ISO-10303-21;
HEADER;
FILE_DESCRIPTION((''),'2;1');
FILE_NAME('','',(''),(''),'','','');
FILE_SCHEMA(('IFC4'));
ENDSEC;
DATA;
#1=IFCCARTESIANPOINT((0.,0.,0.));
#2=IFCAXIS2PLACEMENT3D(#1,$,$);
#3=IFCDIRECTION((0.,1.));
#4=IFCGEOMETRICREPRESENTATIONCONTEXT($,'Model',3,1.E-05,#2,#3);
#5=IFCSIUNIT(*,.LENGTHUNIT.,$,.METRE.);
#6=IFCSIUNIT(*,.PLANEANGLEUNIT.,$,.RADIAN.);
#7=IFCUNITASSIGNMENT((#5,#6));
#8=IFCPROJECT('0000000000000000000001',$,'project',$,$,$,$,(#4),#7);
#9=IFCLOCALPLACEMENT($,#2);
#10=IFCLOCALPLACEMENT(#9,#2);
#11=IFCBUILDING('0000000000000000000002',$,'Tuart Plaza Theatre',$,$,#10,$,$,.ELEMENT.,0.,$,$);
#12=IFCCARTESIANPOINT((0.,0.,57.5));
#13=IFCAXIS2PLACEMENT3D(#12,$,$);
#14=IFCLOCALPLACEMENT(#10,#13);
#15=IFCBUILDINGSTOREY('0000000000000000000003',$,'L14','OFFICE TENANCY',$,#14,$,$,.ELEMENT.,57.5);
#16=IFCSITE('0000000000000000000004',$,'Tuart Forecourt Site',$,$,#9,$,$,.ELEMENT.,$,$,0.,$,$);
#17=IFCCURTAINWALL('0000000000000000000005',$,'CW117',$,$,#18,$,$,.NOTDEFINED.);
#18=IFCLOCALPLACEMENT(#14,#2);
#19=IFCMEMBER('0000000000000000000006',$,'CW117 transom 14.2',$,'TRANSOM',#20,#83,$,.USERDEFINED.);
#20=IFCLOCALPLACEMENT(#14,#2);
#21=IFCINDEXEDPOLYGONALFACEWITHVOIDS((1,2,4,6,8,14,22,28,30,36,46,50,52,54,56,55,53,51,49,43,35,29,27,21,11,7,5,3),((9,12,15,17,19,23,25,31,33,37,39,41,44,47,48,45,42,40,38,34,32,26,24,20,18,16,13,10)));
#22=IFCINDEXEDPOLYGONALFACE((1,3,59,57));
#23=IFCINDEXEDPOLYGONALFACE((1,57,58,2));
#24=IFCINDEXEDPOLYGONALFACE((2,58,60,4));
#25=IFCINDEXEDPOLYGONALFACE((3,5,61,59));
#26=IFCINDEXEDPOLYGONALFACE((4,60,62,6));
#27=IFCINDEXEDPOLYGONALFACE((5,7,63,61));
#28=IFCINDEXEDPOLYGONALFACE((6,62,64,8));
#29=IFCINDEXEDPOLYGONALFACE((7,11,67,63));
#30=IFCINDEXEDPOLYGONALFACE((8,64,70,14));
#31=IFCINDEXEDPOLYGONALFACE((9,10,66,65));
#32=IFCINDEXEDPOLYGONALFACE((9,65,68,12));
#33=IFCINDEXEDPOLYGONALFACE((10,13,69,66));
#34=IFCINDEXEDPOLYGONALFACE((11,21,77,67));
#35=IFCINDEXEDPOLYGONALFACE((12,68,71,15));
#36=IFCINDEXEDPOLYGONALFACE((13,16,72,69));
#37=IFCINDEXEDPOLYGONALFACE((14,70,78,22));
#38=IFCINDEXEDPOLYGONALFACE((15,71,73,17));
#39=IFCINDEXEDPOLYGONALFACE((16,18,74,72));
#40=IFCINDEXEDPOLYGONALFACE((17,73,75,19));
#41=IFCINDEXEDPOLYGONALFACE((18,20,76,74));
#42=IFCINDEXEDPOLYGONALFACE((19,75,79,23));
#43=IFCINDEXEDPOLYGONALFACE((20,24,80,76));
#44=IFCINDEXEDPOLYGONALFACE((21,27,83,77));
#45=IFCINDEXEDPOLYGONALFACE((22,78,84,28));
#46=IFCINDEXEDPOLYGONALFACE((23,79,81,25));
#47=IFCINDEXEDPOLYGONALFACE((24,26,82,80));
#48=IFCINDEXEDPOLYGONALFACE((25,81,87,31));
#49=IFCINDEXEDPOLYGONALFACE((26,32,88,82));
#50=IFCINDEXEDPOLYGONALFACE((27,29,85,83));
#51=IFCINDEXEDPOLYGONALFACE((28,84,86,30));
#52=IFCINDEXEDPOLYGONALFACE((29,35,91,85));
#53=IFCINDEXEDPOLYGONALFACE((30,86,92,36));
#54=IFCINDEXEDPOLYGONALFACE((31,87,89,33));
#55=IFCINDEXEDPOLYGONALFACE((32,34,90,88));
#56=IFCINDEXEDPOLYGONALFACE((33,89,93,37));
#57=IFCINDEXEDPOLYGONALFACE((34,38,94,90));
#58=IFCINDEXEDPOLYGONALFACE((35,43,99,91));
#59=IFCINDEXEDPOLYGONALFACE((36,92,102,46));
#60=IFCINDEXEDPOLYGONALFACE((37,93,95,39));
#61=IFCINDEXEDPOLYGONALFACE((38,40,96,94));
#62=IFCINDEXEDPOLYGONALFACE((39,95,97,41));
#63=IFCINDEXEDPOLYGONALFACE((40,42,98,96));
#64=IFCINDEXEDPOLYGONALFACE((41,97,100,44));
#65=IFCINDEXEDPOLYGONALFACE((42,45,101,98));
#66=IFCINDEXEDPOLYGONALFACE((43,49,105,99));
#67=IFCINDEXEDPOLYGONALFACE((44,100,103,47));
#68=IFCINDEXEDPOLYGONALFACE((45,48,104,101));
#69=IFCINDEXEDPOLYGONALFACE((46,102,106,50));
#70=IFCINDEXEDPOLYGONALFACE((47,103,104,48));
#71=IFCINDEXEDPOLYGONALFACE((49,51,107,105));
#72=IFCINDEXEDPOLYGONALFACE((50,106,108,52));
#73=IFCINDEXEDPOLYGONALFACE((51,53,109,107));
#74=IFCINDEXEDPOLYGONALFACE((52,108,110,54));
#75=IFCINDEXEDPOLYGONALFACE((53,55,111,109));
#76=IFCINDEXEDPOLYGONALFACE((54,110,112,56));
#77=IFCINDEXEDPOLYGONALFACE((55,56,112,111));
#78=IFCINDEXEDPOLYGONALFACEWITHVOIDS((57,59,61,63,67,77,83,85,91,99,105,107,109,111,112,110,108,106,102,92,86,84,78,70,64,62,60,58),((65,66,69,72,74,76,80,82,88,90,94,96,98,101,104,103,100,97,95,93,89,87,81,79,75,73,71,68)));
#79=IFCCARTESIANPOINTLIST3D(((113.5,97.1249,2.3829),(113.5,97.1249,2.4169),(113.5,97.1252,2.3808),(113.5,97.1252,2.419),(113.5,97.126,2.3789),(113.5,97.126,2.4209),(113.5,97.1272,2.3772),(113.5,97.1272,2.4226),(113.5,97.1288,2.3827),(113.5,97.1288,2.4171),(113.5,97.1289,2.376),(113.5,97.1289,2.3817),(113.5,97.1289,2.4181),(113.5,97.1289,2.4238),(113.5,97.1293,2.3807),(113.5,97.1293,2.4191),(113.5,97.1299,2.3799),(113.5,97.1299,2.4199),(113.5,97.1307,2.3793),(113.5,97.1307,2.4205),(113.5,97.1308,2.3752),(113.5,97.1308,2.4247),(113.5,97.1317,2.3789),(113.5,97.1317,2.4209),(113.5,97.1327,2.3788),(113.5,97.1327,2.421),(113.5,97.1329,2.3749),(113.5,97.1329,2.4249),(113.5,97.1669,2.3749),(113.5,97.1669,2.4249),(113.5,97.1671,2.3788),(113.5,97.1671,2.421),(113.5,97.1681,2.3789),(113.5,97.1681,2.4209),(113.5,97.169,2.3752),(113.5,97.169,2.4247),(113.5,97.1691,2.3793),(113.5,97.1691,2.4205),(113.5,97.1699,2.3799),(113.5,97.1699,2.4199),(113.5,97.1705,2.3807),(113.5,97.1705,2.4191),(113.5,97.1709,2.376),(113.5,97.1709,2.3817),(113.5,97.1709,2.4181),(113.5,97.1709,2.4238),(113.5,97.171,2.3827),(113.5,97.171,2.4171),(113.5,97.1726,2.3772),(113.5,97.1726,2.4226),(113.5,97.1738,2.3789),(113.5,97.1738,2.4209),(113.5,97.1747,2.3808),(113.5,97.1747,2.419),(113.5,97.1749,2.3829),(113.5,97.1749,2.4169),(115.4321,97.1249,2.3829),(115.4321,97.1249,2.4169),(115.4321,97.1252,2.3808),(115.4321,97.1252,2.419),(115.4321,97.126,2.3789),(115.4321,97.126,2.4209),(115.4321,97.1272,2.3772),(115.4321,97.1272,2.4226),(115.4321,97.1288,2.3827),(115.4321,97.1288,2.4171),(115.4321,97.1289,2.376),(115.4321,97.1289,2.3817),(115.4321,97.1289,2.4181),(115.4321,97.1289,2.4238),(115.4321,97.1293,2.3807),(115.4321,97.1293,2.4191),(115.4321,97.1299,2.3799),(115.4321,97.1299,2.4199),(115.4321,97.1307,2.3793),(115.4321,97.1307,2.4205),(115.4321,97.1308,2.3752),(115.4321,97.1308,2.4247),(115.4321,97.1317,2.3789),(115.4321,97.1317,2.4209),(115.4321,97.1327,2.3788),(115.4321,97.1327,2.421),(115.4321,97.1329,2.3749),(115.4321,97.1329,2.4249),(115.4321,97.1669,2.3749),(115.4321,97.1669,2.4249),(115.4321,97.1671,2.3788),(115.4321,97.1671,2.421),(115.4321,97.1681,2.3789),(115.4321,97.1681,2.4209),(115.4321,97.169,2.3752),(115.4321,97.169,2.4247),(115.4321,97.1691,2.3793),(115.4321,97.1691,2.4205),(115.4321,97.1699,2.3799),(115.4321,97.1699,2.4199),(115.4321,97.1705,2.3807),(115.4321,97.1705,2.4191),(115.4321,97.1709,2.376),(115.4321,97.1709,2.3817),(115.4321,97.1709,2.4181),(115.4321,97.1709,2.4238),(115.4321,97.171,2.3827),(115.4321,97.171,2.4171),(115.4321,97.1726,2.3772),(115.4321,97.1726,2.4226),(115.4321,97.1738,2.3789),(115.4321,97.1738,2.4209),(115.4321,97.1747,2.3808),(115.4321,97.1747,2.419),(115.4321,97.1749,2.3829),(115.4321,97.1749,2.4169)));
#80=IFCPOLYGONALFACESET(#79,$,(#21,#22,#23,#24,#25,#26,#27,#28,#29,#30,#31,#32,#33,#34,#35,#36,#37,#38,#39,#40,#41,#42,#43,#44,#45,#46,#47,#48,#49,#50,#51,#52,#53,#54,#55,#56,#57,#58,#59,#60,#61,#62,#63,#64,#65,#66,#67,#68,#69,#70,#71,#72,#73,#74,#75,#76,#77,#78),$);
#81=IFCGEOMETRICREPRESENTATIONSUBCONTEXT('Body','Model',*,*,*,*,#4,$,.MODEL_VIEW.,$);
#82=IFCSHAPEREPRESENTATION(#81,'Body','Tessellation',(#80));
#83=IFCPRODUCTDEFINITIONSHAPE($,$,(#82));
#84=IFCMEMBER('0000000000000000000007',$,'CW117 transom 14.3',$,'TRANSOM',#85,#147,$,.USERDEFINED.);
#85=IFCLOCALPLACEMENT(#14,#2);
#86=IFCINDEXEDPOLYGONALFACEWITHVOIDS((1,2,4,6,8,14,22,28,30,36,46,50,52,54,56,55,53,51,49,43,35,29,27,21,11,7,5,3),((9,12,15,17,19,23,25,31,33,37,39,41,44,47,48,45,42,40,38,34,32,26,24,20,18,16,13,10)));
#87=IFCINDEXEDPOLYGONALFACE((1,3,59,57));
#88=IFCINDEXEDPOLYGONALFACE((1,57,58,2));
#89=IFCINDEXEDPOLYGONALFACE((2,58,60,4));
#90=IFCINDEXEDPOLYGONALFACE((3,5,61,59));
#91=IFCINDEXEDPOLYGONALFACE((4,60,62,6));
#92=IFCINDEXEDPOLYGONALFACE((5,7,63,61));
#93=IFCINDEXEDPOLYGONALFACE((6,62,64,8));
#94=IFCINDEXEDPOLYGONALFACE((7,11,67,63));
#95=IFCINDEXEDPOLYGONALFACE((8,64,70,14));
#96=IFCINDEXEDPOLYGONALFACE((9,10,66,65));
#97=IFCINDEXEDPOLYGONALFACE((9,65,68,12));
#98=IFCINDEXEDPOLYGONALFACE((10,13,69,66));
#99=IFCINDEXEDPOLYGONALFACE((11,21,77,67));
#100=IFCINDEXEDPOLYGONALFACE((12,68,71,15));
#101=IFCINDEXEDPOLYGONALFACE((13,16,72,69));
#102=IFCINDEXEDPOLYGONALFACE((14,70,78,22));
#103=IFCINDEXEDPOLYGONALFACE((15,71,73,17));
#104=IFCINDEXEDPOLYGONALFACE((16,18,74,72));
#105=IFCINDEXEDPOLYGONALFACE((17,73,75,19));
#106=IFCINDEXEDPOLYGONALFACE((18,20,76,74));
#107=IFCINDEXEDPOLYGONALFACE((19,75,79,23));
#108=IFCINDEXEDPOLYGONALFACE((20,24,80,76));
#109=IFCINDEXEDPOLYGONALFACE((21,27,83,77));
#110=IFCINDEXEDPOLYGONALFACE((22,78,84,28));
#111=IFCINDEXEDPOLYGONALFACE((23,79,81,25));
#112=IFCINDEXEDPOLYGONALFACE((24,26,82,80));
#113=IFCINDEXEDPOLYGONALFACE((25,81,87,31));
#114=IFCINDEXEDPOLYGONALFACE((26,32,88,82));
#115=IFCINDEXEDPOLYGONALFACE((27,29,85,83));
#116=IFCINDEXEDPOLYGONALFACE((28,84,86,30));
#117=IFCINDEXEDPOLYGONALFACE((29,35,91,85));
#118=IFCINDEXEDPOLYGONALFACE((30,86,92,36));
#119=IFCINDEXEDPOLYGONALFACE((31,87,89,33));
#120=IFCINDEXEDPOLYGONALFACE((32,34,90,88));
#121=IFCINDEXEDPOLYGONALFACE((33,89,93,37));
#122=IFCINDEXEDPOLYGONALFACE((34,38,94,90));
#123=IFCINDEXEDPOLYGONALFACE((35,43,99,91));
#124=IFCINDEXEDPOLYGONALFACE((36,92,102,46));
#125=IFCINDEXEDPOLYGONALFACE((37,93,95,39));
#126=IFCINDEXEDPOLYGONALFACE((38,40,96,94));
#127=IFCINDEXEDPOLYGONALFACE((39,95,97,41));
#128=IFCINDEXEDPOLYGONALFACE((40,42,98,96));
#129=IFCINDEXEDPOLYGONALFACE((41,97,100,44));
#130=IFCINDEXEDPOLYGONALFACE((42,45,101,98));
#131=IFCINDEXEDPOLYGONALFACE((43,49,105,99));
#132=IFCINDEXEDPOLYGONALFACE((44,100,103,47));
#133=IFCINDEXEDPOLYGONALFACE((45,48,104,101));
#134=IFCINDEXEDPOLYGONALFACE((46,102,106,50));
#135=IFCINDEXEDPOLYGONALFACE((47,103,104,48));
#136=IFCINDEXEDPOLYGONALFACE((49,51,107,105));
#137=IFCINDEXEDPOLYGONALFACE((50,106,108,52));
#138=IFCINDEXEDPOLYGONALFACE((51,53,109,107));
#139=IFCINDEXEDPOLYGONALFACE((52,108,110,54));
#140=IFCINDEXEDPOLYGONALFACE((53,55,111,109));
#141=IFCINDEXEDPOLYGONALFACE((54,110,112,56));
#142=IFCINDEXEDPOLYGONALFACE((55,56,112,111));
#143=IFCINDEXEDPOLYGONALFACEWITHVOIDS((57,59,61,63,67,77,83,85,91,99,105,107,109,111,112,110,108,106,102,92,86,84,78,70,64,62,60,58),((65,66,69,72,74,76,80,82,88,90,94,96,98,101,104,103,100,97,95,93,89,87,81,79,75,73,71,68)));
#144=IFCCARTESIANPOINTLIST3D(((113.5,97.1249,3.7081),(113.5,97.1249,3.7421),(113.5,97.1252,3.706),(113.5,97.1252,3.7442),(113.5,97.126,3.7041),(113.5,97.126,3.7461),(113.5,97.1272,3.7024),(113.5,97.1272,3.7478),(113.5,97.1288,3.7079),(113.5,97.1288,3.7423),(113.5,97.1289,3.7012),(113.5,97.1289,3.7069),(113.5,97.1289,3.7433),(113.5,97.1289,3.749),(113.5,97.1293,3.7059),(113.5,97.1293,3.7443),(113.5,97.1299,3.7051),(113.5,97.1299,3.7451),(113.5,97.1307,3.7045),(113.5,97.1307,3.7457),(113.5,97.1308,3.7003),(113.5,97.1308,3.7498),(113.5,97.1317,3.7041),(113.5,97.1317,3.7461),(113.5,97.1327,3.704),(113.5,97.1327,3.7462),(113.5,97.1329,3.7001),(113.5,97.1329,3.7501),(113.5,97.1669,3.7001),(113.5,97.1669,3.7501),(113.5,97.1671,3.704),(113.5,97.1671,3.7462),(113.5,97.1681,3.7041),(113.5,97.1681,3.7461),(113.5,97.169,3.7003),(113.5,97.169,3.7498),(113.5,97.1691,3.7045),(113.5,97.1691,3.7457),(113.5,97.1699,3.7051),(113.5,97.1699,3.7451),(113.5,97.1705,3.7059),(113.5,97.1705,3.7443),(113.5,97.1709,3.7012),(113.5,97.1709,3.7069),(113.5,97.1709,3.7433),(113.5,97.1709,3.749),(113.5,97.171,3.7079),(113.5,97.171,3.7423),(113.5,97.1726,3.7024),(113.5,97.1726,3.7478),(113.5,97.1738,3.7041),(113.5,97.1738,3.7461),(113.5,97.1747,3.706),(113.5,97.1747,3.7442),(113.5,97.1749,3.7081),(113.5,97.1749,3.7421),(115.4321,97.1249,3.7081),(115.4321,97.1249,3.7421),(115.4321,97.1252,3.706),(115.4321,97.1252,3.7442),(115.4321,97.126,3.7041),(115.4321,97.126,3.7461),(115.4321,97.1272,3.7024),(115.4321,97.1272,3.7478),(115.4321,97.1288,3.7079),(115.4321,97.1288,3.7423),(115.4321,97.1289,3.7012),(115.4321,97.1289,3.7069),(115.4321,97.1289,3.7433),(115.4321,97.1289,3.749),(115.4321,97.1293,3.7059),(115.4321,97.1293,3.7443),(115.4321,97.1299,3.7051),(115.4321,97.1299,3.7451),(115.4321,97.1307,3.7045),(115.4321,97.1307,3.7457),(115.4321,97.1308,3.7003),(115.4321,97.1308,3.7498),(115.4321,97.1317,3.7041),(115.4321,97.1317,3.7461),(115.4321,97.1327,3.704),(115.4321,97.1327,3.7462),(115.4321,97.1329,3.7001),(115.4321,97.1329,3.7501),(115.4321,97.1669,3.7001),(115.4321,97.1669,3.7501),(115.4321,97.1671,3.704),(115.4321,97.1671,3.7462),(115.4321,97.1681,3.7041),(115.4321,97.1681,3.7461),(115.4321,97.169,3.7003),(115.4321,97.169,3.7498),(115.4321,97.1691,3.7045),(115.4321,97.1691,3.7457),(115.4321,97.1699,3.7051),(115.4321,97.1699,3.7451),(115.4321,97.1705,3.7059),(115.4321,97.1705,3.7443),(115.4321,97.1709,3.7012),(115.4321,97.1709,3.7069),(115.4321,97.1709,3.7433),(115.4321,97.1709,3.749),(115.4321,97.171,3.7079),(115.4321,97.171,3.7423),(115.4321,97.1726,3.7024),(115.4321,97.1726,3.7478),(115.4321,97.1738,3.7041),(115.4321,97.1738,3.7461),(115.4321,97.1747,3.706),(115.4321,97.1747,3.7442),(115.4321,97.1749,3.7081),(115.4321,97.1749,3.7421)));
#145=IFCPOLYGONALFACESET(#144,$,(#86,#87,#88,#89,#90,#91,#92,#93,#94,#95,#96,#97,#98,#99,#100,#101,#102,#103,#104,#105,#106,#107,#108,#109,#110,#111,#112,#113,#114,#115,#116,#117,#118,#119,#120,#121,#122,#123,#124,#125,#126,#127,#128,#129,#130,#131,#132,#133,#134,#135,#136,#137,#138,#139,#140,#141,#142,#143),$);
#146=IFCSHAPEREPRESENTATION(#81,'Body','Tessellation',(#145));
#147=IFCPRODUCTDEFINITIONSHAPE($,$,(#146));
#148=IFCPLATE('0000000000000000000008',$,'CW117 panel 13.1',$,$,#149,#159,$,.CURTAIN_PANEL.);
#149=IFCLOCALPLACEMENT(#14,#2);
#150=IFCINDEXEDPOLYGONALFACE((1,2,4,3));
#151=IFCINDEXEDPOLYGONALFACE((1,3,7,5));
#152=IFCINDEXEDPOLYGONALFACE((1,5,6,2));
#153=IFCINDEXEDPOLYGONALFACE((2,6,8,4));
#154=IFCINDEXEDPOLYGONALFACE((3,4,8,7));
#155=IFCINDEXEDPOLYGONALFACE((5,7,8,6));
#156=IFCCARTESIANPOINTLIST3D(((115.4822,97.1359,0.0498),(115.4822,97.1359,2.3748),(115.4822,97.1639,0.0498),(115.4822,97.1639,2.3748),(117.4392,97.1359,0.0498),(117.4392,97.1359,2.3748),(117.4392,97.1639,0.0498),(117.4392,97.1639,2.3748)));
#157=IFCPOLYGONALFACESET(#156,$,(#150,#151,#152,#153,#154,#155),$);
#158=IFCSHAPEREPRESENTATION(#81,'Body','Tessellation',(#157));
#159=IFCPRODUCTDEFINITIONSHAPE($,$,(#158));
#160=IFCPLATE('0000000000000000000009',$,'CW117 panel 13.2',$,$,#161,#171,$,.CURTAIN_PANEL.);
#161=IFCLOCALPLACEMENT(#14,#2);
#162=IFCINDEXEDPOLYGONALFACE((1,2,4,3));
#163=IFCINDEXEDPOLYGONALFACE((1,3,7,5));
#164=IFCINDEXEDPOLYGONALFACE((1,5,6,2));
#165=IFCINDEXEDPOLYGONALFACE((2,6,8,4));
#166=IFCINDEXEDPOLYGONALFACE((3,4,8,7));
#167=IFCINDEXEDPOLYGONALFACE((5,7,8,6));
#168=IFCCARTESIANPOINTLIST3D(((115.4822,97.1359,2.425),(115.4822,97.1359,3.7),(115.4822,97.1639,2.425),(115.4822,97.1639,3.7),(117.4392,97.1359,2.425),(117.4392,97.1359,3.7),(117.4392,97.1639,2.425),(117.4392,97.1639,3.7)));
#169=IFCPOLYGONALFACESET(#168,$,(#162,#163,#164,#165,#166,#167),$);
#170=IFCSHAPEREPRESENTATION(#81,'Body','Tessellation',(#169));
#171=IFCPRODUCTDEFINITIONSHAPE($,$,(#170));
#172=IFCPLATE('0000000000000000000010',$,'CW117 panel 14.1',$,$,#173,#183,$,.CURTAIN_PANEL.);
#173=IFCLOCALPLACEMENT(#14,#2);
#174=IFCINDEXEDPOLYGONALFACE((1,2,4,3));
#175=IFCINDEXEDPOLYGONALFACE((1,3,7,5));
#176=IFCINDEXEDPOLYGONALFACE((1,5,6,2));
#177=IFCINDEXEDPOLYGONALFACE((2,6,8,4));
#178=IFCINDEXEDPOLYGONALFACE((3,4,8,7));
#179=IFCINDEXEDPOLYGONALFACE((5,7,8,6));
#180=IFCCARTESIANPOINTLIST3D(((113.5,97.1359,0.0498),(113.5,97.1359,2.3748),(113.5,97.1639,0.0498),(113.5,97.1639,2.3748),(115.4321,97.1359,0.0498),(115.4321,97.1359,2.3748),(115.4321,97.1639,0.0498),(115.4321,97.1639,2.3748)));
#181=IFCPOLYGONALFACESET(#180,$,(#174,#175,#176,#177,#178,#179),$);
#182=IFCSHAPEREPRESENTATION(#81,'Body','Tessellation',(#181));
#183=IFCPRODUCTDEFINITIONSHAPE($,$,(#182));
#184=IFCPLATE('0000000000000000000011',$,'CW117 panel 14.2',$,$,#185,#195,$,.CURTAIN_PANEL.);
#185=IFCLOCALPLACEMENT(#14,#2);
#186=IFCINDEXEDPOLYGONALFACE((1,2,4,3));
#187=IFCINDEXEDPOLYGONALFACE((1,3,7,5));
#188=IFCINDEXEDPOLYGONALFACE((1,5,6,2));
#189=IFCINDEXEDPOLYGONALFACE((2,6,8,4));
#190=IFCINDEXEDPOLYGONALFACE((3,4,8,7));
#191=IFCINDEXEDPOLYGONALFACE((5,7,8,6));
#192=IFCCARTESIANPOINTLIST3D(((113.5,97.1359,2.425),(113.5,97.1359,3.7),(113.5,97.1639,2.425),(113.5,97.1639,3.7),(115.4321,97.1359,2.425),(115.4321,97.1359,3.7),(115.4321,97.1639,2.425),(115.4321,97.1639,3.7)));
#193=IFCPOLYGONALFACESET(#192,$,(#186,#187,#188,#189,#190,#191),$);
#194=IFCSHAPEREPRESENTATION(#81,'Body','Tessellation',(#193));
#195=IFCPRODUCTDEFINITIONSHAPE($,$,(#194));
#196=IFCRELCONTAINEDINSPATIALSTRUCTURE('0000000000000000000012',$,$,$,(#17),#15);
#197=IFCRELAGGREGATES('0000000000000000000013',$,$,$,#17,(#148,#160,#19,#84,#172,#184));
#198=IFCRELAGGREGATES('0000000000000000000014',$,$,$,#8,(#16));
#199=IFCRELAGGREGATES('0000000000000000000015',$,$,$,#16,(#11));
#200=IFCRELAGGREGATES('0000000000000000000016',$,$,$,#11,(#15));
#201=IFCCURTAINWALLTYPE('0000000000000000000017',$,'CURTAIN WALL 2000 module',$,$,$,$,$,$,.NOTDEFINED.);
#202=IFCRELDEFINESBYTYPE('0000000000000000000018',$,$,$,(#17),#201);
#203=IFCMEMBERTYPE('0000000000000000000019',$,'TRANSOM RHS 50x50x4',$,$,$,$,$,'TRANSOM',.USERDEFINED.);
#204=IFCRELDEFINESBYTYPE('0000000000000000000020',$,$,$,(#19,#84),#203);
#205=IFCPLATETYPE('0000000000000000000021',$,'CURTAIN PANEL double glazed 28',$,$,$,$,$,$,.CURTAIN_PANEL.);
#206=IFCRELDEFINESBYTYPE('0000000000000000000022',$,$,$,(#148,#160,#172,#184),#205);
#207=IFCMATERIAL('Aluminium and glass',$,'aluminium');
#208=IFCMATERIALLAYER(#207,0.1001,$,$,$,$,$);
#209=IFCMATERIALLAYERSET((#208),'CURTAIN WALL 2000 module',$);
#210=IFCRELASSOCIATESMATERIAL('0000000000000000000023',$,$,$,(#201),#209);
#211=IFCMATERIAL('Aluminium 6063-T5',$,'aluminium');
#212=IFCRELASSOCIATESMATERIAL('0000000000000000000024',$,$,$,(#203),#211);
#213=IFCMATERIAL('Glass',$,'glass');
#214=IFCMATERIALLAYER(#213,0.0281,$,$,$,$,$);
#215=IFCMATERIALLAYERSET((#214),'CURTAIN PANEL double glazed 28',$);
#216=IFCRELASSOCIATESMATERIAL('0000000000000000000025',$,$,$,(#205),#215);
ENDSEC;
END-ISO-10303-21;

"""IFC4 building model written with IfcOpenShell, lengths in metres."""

from ifc_helpers import new_model, si_unit, direction, frame, origin, origin_2d, place, context, subcontext, project, spatial, rectangle, hollow_rectangle, extrude, material, layer, layer_set, material_profile, profile_set, type_object, element, aggregate, save


model = new_model("IFC4")

# Units and contexts
model_context = context("Model", 3, precision=1e-05, world=origin(), true_north=direction((0.0, 1.0)))
body_context = subcontext(model_context, "Body", "Model", "MODEL_VIEW")
ifc_project = project(units=[si_unit("LENGTHUNIT", "METRE"), si_unit("PLANEANGLEUNIT", "RADIAN")], contexts=[model_context])

# Site, building, storey
site_placement = place(None, origin())
site = spatial("IfcSite", under=ifc_project, at=site_placement, Name="Tuart Forecourt Site", CompositionType="ELEMENT", RefElevation=0.0)
building_placement = place(site_placement, origin())
building = spatial("IfcBuilding", under=site, at=building_placement, Name="Tuart Plaza Theatre", CompositionType="ELEMENT", ElevationOfRefHeight=0.0)
storey_placement = place(building_placement, frame((0.0, 0.0, 57.5)))
storey = spatial("IfcBuildingStorey", under=building, at=storey_placement, Name="L14", Description="OFFICE TENANCY", CompositionType="ELEMENT", Elevation=57.5)

# Curtain wall, members, plates
ifc_material_1 = material(Name="Aluminium and glass", Category="aluminium")
ifc_layer_1 = layer(ifc_material_1, 0.1001)
ifc_layer_set_1 = layer_set([ifc_layer_1], Name="CURTAIN WALL 2000 module")
curtain_wall_type = type_object("IfcCurtainWallType", Name="CURTAIN WALL 2000 module", PredefinedType="NOTDEFINED", material=ifc_layer_set_1)
curtain_wall_placement = place(storey_placement, origin())
curtain_wall = element("IfcCurtainWall", 1, at=curtain_wall_placement, inside=storey, type_object=curtain_wall_type, Name="CW117", PredefinedType="NOTDEFINED")
ifc_material_2 = material(Name="Aluminium 6063-T5", Category="aluminium")
ifc_material_profile_1 = material_profile(ifc_material_2, hollow_rectangle(XDim=0.05, YDim=0.05, WallThickness=0.0039, InnerFilletRadius=0.0039, OuterFilletRadius=0.0081, at=origin_2d()), Name="RHS 50x50x4")
ifc_profile_set_1 = profile_set([ifc_material_profile_1], Name="Aluminium 6063-T5")
member_type_1 = type_object("IfcMemberType", Name="TRANSOM RHS 50x50x4", ElementType="TRANSOM", PredefinedType="USERDEFINED", material=ifc_profile_set_1)
member_1_placement = place(storey_placement, frame((115.4321, 97.1499, 2.3999), z_axis=(-1.0, 0.0, 0.0), x_axis=(0.0, -1.0, 0.0)))
member_1 = element("IfcMember", 2, at=member_1_placement, type_object=member_type_1, Name="CW117 transom 14.2", ObjectType="TRANSOM", PredefinedType="USERDEFINED", context=body_context, shape_type="SweptSolid", body=[
    extrude(hollow_rectangle(XDim=0.05, YDim=0.05, WallThickness=0.0039, InnerFilletRadius=0.0039, OuterFilletRadius=0.0081, at=origin_2d()), origin(), (0.0, 0.0, 1.0), 1.9321),
])
member_2_placement = place(storey_placement, frame((115.4321, 97.1499, 3.7251), z_axis=(-1.0, 0.0, 0.0), x_axis=(0.0, -1.0, 0.0)))
member_2 = element("IfcMember", 3, at=member_2_placement, type_object=member_type_1, Name="CW117 transom 14.3", ObjectType="TRANSOM", PredefinedType="USERDEFINED", context=body_context, shape_type="SweptSolid", body=[
    extrude(hollow_rectangle(XDim=0.05, YDim=0.05, WallThickness=0.0039, InnerFilletRadius=0.0039, OuterFilletRadius=0.0081, at=origin_2d()), origin(), (0.0, 0.0, 1.0), 1.9321),
])
ifc_material_3 = material(Name="Glass", Category="glass")
ifc_layer_2 = layer(ifc_material_3, 0.0281)
ifc_layer_set_2 = layer_set([ifc_layer_2], Name="CURTAIN PANEL double glazed 28")
plate_type = type_object("IfcPlateType", Name="CURTAIN PANEL double glazed 28", PredefinedType="CURTAIN_PANEL", material=ifc_layer_set_2)
plate_1_placement = place(storey_placement, frame((116.4607, 97.1499, 0.0498), z_axis=(0.0, 0.0, 1.0), x_axis=(-1.0, 0.0, 0.0)))
plate_1 = element("IfcPlate", 4, at=plate_1_placement, type_object=plate_type, Name="CW117 panel 13.1", PredefinedType="CURTAIN_PANEL", context=body_context, shape_type="SweptSolid", body=[
    extrude(rectangle(XDim=1.957, YDim=0.0281, at=origin_2d()), origin(), (0.0, 0.0, 1.0), 2.325),
])
plate_2_placement = place(storey_placement, frame((116.4607, 97.1499, 2.425), z_axis=(0.0, 0.0, 1.0), x_axis=(-1.0, 0.0, 0.0)))
plate_2 = element("IfcPlate", 5, at=plate_2_placement, type_object=plate_type, Name="CW117 panel 13.2", PredefinedType="CURTAIN_PANEL", context=body_context, shape_type="SweptSolid", body=[
    extrude(rectangle(XDim=1.957, YDim=0.0281, at=origin_2d()), origin(), (0.0, 0.0, 1.0), 1.2749),
])
plate_3_placement = place(storey_placement, frame((114.4661, 97.1499, 0.0498), z_axis=(0.0, 0.0, 1.0), x_axis=(-1.0, 0.0, 0.0)))
plate_3 = element("IfcPlate", 6, at=plate_3_placement, type_object=plate_type, Name="CW117 panel 14.1", PredefinedType="CURTAIN_PANEL", context=body_context, shape_type="SweptSolid", body=[
    extrude(rectangle(XDim=1.9321, YDim=0.0281, at=origin_2d()), origin(), (0.0, 0.0, 1.0), 2.325),
])
plate_4_placement = place(storey_placement, frame((114.4661, 97.1499, 2.425), z_axis=(0.0, 0.0, 1.0), x_axis=(-1.0, 0.0, 0.0)))
plate_4 = element("IfcPlate", 7, at=plate_4_placement, type_object=plate_type, Name="CW117 panel 14.2", PredefinedType="CURTAIN_PANEL", context=body_context, shape_type="SweptSolid", body=[
    extrude(rectangle(XDim=1.9321, YDim=0.0281, at=origin_2d()), origin(), (0.0, 0.0, 1.0), 1.2749),
])
aggregate(curtain_wall, [plate_1, plate_2, member_1, member_2, plate_3, plate_4])

save(model, "model.ifc")
